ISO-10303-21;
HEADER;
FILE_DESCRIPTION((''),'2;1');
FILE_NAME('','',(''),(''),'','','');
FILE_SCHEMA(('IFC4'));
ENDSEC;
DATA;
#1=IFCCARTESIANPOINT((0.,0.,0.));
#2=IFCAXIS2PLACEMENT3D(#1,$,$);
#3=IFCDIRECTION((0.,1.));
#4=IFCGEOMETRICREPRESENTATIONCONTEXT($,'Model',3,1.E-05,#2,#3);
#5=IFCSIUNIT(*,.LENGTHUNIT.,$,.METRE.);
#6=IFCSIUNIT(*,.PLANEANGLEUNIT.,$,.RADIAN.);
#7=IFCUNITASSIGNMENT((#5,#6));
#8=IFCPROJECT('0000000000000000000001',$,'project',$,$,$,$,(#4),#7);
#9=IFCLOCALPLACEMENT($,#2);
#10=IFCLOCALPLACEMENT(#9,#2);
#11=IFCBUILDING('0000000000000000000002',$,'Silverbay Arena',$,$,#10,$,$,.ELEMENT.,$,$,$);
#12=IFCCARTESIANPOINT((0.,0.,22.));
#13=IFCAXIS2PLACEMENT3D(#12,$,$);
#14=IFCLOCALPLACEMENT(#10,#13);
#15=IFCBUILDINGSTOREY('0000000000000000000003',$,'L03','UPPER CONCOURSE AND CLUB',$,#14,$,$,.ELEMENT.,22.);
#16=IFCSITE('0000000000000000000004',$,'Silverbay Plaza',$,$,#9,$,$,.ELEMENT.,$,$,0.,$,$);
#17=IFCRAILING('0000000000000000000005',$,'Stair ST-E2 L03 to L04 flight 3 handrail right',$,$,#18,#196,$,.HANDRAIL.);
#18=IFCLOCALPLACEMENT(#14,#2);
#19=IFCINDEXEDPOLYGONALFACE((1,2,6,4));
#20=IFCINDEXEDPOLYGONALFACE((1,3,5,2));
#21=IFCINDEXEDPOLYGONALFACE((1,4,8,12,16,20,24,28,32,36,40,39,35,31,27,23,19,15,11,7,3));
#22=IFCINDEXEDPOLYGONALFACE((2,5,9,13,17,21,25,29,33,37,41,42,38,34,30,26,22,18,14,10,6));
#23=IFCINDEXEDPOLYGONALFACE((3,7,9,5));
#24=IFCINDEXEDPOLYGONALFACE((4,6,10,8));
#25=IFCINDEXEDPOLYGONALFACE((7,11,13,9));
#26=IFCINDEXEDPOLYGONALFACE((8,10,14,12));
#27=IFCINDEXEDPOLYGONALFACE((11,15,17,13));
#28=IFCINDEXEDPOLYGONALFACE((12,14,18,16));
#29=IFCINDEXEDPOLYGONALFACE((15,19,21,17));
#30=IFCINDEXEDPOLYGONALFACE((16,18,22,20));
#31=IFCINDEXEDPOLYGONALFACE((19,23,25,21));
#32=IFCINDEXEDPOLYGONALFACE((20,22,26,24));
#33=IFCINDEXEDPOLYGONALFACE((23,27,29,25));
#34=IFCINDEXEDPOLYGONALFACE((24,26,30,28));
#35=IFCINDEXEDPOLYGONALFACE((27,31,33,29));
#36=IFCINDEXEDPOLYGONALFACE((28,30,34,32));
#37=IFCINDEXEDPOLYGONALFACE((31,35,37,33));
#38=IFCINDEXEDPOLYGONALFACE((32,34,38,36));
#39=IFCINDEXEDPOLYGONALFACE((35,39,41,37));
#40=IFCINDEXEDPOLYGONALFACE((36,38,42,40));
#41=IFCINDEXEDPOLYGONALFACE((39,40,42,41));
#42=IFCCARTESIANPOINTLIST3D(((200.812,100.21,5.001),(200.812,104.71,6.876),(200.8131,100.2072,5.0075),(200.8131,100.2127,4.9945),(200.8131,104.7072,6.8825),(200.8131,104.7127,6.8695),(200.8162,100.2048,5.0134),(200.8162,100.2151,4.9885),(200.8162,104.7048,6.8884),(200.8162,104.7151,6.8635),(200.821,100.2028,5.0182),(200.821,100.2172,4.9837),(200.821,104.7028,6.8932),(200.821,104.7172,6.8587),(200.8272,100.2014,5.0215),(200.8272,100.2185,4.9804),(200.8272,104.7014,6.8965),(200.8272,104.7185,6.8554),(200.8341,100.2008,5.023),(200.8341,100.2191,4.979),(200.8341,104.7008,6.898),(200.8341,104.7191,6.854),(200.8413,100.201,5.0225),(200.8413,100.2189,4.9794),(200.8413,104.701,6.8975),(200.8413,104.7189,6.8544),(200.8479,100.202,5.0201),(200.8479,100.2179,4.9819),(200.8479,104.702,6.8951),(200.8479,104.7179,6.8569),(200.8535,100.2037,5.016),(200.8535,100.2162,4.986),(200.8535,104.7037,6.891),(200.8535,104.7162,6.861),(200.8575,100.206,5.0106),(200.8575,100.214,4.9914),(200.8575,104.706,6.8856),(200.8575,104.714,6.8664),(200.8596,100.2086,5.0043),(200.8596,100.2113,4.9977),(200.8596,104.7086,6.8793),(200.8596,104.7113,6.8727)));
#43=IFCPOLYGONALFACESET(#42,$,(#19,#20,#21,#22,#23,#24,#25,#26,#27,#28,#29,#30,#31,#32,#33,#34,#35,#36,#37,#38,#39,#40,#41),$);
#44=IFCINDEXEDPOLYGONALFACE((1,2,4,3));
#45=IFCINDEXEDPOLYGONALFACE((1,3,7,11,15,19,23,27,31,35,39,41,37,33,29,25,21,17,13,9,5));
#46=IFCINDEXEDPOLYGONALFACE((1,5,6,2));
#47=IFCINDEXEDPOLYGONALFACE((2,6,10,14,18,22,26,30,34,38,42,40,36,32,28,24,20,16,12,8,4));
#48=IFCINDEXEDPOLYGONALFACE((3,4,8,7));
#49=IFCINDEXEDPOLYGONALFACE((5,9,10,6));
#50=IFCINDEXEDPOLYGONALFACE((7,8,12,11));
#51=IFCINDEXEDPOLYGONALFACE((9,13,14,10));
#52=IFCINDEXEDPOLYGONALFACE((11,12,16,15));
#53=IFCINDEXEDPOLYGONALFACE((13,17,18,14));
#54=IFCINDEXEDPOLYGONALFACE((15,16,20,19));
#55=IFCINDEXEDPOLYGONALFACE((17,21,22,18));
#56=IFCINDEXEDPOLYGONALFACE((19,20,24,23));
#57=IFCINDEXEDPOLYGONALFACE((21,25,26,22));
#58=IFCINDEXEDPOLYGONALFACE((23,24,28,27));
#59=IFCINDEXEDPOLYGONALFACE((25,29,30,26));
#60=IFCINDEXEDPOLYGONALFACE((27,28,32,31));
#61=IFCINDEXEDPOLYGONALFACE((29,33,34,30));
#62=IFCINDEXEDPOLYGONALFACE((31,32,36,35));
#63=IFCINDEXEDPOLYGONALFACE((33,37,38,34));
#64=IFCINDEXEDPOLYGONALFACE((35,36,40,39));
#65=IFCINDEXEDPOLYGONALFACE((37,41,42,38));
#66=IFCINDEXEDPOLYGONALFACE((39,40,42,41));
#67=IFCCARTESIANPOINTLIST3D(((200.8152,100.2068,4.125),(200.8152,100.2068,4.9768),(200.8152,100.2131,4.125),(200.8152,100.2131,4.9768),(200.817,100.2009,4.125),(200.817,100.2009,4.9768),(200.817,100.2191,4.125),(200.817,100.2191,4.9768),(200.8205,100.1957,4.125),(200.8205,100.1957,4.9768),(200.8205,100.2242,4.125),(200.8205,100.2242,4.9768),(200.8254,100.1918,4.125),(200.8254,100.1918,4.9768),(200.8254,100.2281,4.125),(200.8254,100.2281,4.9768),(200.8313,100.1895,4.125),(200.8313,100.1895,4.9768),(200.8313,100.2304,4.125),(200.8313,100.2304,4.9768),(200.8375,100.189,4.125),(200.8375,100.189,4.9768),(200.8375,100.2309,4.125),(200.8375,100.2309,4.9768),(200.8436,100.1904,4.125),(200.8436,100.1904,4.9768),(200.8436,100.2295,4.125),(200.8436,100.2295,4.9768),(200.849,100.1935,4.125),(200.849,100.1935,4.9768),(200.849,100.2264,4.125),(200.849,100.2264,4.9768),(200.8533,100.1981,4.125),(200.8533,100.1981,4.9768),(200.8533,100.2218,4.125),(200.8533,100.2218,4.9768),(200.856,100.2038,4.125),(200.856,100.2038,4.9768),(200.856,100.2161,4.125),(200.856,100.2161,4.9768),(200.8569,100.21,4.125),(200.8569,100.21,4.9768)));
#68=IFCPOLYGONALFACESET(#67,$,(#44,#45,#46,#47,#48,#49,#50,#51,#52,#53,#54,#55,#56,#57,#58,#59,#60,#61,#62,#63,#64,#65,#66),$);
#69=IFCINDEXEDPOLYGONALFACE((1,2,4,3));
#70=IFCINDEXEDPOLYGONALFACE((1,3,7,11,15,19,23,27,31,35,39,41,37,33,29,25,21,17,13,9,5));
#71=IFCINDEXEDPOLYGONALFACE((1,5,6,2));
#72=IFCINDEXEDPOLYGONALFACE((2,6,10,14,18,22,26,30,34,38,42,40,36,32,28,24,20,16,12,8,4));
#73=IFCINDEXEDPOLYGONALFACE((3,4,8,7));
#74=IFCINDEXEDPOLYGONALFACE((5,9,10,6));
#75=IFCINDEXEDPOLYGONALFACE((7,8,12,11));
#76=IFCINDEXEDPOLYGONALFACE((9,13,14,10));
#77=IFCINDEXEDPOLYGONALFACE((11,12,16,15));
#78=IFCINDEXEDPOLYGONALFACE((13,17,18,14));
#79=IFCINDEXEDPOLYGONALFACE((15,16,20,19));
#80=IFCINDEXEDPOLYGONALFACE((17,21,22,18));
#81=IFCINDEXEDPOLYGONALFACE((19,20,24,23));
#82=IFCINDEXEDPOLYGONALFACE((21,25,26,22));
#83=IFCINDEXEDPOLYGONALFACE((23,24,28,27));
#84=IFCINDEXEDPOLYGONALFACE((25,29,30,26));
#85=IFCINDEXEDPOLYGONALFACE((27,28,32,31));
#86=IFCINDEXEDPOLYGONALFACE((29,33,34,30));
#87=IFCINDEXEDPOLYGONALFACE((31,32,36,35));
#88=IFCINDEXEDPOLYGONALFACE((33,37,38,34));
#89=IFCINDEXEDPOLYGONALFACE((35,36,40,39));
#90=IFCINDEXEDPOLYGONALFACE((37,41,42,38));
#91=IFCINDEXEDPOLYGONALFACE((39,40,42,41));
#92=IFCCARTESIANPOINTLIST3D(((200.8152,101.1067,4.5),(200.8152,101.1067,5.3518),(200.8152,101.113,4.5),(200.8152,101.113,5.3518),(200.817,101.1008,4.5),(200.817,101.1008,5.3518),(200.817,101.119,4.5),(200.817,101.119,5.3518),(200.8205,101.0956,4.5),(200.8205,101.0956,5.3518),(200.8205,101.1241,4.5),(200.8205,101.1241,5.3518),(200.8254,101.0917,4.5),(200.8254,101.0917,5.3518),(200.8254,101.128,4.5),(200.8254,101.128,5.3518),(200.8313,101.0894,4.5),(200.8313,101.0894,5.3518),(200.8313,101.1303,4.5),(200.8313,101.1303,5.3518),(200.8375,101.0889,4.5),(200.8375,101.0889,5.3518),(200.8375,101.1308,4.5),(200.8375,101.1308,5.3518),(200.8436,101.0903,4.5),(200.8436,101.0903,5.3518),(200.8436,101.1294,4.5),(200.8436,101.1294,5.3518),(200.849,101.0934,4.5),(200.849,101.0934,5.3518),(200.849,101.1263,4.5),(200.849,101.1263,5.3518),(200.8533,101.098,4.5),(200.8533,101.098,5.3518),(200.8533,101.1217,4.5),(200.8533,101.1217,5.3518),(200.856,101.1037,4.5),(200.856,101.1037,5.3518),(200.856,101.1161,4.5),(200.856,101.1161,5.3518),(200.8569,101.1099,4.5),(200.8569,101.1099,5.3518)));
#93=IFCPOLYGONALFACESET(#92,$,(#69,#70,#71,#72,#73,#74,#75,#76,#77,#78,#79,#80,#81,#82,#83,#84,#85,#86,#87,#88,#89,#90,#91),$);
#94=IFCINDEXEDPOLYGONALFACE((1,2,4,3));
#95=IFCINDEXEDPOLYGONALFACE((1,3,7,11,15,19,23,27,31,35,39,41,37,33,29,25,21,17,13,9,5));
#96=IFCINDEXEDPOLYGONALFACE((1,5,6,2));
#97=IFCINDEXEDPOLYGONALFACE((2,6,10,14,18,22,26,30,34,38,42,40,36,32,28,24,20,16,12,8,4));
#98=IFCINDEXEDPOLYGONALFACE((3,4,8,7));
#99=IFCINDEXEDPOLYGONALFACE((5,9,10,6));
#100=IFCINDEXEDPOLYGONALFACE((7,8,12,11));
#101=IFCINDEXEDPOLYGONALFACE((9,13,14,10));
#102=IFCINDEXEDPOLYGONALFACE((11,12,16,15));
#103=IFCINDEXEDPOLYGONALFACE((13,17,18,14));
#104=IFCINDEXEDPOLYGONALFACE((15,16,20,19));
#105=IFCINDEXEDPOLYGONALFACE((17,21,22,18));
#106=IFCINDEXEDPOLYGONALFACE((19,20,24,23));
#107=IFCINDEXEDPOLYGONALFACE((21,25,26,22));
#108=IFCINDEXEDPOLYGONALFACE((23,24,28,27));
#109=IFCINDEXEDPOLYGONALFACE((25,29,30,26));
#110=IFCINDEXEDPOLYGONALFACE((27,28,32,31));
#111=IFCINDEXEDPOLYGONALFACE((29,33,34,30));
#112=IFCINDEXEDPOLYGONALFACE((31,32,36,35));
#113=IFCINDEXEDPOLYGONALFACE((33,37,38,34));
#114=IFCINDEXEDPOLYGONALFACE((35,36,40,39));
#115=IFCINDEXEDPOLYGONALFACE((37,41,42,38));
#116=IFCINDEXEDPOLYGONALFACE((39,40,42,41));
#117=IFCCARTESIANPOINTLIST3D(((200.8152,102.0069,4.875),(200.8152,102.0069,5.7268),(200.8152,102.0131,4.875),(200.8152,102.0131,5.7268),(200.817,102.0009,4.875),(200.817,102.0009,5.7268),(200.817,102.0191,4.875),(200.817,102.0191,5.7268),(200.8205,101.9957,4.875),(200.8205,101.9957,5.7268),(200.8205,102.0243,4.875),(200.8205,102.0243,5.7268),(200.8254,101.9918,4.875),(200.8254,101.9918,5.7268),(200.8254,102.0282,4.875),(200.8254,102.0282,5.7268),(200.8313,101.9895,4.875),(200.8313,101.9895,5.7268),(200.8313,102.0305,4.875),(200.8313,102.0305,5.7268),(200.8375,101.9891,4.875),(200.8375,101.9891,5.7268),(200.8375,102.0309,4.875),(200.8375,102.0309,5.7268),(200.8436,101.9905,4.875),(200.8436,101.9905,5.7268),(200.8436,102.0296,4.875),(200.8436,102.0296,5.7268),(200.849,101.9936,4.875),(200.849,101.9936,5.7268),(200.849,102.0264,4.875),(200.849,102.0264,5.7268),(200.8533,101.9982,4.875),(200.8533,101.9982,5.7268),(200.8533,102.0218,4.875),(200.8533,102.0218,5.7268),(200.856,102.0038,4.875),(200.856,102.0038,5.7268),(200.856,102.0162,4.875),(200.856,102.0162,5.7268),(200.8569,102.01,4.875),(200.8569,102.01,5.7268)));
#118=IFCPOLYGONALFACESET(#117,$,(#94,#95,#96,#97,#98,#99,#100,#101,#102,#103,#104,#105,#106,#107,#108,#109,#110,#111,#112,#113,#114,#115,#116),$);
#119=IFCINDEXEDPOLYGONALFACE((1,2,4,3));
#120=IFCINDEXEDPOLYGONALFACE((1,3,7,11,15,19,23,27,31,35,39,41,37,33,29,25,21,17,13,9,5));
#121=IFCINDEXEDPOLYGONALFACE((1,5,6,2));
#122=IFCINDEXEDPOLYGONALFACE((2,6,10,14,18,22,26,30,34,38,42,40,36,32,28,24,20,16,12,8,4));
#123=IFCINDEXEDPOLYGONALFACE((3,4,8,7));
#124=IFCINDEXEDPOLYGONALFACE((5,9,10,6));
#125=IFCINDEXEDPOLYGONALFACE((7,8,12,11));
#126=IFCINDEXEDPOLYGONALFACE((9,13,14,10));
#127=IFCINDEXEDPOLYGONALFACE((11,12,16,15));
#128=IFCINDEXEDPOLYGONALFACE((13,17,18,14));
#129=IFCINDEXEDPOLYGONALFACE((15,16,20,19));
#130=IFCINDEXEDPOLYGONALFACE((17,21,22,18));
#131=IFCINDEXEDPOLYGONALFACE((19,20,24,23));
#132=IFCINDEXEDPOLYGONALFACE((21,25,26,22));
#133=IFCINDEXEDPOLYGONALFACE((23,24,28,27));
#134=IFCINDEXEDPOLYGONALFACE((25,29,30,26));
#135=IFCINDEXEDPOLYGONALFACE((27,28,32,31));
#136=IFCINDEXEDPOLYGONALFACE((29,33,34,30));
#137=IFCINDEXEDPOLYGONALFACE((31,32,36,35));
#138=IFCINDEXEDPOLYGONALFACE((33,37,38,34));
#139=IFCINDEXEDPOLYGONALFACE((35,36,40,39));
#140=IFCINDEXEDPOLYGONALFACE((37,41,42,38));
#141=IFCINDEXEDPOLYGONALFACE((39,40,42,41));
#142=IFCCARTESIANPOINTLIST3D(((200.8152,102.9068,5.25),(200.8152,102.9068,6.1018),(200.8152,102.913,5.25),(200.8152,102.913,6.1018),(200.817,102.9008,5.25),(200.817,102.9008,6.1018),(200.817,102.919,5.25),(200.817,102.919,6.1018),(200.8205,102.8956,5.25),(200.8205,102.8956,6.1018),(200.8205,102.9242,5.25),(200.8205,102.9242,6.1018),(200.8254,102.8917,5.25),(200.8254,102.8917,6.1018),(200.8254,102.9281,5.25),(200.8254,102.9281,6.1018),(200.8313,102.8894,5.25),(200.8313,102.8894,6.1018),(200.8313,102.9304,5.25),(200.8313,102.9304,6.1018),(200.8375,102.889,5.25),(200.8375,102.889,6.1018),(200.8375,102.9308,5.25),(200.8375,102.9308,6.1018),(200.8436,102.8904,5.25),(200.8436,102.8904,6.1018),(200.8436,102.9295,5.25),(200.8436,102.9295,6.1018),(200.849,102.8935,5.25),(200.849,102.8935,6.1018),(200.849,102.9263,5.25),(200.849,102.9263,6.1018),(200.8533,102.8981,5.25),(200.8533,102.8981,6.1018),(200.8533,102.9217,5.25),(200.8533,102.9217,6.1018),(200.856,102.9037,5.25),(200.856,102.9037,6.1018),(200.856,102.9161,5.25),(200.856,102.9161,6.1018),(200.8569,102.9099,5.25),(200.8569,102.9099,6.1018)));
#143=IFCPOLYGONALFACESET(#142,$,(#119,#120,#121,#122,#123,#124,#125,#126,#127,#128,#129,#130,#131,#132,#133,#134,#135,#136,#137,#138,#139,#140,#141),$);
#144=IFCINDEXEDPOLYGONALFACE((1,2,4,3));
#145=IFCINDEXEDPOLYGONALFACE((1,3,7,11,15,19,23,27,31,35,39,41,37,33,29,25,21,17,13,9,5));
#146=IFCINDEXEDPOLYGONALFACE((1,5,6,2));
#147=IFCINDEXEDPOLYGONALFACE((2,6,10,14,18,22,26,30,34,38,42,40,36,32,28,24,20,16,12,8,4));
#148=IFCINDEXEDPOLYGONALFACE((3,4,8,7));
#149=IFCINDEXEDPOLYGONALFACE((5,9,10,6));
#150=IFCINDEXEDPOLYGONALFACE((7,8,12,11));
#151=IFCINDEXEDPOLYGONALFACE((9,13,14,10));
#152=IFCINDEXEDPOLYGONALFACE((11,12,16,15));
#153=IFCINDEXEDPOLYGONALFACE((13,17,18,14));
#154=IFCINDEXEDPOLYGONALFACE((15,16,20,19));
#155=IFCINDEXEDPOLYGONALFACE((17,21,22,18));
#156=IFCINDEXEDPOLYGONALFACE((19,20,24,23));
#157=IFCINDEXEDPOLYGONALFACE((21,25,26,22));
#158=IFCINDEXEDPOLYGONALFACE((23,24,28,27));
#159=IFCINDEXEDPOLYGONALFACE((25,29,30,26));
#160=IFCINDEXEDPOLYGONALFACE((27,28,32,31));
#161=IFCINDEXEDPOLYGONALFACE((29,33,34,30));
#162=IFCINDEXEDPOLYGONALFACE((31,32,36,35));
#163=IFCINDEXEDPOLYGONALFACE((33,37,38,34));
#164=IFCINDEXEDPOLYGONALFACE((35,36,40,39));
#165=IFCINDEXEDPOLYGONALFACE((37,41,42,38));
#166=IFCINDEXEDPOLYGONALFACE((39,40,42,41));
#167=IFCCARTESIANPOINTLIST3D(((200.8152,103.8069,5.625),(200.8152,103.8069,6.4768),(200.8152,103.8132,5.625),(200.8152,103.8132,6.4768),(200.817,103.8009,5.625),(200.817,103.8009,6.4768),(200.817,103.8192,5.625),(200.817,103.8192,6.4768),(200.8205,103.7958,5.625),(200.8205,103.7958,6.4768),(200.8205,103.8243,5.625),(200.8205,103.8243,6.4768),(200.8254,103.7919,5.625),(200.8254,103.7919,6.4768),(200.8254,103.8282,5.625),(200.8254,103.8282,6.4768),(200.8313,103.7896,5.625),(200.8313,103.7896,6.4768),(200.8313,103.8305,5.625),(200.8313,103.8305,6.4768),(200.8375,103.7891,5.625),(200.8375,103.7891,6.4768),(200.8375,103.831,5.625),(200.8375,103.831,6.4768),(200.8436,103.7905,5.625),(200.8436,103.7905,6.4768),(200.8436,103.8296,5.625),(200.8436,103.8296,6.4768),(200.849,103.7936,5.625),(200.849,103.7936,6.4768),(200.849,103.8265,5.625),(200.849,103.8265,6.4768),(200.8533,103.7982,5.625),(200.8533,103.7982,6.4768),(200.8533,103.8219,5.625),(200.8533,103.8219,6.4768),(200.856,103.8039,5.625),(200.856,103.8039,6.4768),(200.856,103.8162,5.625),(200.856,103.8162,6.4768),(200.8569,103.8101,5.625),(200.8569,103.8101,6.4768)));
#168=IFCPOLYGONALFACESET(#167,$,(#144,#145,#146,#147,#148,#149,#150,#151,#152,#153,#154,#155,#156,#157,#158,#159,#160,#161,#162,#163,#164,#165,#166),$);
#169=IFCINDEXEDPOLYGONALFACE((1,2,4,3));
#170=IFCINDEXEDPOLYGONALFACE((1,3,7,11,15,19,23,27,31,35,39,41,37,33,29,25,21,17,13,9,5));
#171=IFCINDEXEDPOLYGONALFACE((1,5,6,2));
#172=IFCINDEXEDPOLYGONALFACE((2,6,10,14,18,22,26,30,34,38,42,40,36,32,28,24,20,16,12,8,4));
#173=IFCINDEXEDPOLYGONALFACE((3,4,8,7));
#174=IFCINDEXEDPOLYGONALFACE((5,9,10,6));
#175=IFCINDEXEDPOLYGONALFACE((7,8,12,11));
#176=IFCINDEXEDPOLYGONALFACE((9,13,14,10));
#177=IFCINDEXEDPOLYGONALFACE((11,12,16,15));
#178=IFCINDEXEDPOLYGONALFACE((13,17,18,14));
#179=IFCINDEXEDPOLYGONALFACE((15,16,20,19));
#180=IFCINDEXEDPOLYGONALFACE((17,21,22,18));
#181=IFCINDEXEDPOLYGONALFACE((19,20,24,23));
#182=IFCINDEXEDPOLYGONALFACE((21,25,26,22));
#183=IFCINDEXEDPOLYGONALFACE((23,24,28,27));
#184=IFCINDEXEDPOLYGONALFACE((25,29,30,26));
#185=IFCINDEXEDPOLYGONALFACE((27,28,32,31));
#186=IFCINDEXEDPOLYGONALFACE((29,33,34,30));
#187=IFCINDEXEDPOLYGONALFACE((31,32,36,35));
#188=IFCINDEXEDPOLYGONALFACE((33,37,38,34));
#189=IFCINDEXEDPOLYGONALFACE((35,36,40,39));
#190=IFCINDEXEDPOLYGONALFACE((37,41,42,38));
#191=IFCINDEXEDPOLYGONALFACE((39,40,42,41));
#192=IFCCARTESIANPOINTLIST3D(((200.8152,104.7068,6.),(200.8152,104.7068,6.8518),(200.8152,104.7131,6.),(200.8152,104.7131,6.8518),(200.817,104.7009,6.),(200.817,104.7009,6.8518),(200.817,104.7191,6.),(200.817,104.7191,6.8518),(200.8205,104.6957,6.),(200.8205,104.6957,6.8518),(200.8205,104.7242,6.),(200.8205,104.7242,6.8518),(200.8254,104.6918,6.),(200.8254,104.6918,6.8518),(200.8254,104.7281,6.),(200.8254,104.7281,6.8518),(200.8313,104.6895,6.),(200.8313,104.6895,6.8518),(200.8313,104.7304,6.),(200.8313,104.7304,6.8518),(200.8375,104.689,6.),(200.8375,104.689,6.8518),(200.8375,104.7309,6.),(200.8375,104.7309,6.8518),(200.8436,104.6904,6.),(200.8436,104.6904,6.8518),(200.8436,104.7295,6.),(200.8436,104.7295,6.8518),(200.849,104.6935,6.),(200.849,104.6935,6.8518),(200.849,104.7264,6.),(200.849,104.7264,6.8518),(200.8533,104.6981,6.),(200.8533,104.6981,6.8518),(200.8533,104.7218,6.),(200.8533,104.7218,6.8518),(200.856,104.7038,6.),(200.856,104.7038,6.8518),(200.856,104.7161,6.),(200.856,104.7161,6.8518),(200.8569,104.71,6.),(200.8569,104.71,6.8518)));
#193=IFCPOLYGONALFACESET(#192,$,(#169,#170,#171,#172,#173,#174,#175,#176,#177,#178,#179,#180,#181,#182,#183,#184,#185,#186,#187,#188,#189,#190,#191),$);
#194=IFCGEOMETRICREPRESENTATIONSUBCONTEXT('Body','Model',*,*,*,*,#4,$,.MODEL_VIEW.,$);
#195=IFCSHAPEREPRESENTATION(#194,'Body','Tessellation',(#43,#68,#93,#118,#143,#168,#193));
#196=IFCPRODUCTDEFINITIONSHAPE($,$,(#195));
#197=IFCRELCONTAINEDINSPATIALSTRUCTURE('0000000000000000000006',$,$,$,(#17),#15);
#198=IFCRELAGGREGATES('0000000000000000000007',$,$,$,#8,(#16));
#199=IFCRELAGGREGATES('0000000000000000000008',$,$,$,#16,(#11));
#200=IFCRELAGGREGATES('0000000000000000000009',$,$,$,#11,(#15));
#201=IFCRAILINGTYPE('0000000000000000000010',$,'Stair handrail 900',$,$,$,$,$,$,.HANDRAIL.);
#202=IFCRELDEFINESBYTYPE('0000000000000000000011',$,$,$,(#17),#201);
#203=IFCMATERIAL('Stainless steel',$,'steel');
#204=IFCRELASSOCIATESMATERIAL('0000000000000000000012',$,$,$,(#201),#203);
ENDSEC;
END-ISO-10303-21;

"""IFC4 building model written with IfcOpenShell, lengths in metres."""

from ifc_helpers import new_model, si_unit, direction, frame, origin, origin_2d, place, context, subcontext, project, spatial, circle, extrude, material, type_object, element, save


model = new_model("IFC4")

# Units and contexts
model_context = context("Model", 3, precision=1e-05, world=origin(), true_north=direction((0.0, 1.0)))
body_context = subcontext(model_context, "Body", "Model", "MODEL_VIEW")
ifc_project = project(units=[si_unit("LENGTHUNIT", "METRE"), si_unit("PLANEANGLEUNIT", "RADIAN")], contexts=[model_context])

# Site, building, storey
site_placement = place(None, origin())
site = spatial("IfcSite", under=ifc_project, at=site_placement, Name="Silverbay Plaza", CompositionType="ELEMENT", RefElevation=0.0)
building_placement = place(site_placement, origin())
building = spatial("IfcBuilding", under=site, at=building_placement, Name="Silverbay Arena", CompositionType="ELEMENT")
storey_placement = place(building_placement, frame((0.0, 0.0, 22.0)))
storey = spatial("IfcBuildingStorey", under=building, at=storey_placement, Name="L03", Description="UPPER CONCOURSE AND CLUB", CompositionType="ELEMENT", Elevation=22.0)

# Railing
ifc_material_1 = material(Name="Stainless steel", Category="steel")
railing_type_1 = type_object("IfcRailingType", Name="Stair handrail 900", PredefinedType="HANDRAIL", material=ifc_material_1)
for number, where, name in (
    (1, (200.8359, 100.21, 4.125), "Stair ST-E2 L03 to L04 flight 3 handrail right"),
):
    element("IfcRailing", number, at=place(storey_placement, frame(where)), inside=storey, type_object=railing_type_1, Name=name, PredefinedType="HANDRAIL", context=body_context, shape_type="SweptSolid", body=[
        extrude(circle(Radius=0.0239, at=origin_2d()), frame((0.0, 0.0, 0.876), z_axis=(0.0, 0.923077, 0.384615), x_axis=(-1.0, 0.0, 0.0)), (0.0, 0.0, 1.0), 4.875),
        extrude(circle(Radius=0.021, at=origin_2d()), origin(), (0.0, 0.0, 1.0), 0.8518),
        extrude(circle(Radius=0.021, at=origin_2d()), frame((0.0, 0.8999, 0.375)), (0.0, 0.0, 1.0), 0.8518),
        extrude(circle(Radius=0.021, at=origin_2d()), frame((0.0, 1.8, 0.75)), (0.0, 0.0, 1.0), 0.8518),
        extrude(circle(Radius=0.021, at=origin_2d()), frame((0.0, 2.7, 1.125)), (0.0, 0.0, 1.0), 0.8518),
        extrude(circle(Radius=0.021, at=origin_2d()), frame((0.0, 3.6001, 1.5)), (0.0, 0.0, 1.0), 0.8518),
        extrude(circle(Radius=0.021, at=origin_2d()), frame((0.0, 4.5, 1.875)), (0.0, 0.0, 1.0), 0.8518),
    ])

save(model, "model.ifc")
